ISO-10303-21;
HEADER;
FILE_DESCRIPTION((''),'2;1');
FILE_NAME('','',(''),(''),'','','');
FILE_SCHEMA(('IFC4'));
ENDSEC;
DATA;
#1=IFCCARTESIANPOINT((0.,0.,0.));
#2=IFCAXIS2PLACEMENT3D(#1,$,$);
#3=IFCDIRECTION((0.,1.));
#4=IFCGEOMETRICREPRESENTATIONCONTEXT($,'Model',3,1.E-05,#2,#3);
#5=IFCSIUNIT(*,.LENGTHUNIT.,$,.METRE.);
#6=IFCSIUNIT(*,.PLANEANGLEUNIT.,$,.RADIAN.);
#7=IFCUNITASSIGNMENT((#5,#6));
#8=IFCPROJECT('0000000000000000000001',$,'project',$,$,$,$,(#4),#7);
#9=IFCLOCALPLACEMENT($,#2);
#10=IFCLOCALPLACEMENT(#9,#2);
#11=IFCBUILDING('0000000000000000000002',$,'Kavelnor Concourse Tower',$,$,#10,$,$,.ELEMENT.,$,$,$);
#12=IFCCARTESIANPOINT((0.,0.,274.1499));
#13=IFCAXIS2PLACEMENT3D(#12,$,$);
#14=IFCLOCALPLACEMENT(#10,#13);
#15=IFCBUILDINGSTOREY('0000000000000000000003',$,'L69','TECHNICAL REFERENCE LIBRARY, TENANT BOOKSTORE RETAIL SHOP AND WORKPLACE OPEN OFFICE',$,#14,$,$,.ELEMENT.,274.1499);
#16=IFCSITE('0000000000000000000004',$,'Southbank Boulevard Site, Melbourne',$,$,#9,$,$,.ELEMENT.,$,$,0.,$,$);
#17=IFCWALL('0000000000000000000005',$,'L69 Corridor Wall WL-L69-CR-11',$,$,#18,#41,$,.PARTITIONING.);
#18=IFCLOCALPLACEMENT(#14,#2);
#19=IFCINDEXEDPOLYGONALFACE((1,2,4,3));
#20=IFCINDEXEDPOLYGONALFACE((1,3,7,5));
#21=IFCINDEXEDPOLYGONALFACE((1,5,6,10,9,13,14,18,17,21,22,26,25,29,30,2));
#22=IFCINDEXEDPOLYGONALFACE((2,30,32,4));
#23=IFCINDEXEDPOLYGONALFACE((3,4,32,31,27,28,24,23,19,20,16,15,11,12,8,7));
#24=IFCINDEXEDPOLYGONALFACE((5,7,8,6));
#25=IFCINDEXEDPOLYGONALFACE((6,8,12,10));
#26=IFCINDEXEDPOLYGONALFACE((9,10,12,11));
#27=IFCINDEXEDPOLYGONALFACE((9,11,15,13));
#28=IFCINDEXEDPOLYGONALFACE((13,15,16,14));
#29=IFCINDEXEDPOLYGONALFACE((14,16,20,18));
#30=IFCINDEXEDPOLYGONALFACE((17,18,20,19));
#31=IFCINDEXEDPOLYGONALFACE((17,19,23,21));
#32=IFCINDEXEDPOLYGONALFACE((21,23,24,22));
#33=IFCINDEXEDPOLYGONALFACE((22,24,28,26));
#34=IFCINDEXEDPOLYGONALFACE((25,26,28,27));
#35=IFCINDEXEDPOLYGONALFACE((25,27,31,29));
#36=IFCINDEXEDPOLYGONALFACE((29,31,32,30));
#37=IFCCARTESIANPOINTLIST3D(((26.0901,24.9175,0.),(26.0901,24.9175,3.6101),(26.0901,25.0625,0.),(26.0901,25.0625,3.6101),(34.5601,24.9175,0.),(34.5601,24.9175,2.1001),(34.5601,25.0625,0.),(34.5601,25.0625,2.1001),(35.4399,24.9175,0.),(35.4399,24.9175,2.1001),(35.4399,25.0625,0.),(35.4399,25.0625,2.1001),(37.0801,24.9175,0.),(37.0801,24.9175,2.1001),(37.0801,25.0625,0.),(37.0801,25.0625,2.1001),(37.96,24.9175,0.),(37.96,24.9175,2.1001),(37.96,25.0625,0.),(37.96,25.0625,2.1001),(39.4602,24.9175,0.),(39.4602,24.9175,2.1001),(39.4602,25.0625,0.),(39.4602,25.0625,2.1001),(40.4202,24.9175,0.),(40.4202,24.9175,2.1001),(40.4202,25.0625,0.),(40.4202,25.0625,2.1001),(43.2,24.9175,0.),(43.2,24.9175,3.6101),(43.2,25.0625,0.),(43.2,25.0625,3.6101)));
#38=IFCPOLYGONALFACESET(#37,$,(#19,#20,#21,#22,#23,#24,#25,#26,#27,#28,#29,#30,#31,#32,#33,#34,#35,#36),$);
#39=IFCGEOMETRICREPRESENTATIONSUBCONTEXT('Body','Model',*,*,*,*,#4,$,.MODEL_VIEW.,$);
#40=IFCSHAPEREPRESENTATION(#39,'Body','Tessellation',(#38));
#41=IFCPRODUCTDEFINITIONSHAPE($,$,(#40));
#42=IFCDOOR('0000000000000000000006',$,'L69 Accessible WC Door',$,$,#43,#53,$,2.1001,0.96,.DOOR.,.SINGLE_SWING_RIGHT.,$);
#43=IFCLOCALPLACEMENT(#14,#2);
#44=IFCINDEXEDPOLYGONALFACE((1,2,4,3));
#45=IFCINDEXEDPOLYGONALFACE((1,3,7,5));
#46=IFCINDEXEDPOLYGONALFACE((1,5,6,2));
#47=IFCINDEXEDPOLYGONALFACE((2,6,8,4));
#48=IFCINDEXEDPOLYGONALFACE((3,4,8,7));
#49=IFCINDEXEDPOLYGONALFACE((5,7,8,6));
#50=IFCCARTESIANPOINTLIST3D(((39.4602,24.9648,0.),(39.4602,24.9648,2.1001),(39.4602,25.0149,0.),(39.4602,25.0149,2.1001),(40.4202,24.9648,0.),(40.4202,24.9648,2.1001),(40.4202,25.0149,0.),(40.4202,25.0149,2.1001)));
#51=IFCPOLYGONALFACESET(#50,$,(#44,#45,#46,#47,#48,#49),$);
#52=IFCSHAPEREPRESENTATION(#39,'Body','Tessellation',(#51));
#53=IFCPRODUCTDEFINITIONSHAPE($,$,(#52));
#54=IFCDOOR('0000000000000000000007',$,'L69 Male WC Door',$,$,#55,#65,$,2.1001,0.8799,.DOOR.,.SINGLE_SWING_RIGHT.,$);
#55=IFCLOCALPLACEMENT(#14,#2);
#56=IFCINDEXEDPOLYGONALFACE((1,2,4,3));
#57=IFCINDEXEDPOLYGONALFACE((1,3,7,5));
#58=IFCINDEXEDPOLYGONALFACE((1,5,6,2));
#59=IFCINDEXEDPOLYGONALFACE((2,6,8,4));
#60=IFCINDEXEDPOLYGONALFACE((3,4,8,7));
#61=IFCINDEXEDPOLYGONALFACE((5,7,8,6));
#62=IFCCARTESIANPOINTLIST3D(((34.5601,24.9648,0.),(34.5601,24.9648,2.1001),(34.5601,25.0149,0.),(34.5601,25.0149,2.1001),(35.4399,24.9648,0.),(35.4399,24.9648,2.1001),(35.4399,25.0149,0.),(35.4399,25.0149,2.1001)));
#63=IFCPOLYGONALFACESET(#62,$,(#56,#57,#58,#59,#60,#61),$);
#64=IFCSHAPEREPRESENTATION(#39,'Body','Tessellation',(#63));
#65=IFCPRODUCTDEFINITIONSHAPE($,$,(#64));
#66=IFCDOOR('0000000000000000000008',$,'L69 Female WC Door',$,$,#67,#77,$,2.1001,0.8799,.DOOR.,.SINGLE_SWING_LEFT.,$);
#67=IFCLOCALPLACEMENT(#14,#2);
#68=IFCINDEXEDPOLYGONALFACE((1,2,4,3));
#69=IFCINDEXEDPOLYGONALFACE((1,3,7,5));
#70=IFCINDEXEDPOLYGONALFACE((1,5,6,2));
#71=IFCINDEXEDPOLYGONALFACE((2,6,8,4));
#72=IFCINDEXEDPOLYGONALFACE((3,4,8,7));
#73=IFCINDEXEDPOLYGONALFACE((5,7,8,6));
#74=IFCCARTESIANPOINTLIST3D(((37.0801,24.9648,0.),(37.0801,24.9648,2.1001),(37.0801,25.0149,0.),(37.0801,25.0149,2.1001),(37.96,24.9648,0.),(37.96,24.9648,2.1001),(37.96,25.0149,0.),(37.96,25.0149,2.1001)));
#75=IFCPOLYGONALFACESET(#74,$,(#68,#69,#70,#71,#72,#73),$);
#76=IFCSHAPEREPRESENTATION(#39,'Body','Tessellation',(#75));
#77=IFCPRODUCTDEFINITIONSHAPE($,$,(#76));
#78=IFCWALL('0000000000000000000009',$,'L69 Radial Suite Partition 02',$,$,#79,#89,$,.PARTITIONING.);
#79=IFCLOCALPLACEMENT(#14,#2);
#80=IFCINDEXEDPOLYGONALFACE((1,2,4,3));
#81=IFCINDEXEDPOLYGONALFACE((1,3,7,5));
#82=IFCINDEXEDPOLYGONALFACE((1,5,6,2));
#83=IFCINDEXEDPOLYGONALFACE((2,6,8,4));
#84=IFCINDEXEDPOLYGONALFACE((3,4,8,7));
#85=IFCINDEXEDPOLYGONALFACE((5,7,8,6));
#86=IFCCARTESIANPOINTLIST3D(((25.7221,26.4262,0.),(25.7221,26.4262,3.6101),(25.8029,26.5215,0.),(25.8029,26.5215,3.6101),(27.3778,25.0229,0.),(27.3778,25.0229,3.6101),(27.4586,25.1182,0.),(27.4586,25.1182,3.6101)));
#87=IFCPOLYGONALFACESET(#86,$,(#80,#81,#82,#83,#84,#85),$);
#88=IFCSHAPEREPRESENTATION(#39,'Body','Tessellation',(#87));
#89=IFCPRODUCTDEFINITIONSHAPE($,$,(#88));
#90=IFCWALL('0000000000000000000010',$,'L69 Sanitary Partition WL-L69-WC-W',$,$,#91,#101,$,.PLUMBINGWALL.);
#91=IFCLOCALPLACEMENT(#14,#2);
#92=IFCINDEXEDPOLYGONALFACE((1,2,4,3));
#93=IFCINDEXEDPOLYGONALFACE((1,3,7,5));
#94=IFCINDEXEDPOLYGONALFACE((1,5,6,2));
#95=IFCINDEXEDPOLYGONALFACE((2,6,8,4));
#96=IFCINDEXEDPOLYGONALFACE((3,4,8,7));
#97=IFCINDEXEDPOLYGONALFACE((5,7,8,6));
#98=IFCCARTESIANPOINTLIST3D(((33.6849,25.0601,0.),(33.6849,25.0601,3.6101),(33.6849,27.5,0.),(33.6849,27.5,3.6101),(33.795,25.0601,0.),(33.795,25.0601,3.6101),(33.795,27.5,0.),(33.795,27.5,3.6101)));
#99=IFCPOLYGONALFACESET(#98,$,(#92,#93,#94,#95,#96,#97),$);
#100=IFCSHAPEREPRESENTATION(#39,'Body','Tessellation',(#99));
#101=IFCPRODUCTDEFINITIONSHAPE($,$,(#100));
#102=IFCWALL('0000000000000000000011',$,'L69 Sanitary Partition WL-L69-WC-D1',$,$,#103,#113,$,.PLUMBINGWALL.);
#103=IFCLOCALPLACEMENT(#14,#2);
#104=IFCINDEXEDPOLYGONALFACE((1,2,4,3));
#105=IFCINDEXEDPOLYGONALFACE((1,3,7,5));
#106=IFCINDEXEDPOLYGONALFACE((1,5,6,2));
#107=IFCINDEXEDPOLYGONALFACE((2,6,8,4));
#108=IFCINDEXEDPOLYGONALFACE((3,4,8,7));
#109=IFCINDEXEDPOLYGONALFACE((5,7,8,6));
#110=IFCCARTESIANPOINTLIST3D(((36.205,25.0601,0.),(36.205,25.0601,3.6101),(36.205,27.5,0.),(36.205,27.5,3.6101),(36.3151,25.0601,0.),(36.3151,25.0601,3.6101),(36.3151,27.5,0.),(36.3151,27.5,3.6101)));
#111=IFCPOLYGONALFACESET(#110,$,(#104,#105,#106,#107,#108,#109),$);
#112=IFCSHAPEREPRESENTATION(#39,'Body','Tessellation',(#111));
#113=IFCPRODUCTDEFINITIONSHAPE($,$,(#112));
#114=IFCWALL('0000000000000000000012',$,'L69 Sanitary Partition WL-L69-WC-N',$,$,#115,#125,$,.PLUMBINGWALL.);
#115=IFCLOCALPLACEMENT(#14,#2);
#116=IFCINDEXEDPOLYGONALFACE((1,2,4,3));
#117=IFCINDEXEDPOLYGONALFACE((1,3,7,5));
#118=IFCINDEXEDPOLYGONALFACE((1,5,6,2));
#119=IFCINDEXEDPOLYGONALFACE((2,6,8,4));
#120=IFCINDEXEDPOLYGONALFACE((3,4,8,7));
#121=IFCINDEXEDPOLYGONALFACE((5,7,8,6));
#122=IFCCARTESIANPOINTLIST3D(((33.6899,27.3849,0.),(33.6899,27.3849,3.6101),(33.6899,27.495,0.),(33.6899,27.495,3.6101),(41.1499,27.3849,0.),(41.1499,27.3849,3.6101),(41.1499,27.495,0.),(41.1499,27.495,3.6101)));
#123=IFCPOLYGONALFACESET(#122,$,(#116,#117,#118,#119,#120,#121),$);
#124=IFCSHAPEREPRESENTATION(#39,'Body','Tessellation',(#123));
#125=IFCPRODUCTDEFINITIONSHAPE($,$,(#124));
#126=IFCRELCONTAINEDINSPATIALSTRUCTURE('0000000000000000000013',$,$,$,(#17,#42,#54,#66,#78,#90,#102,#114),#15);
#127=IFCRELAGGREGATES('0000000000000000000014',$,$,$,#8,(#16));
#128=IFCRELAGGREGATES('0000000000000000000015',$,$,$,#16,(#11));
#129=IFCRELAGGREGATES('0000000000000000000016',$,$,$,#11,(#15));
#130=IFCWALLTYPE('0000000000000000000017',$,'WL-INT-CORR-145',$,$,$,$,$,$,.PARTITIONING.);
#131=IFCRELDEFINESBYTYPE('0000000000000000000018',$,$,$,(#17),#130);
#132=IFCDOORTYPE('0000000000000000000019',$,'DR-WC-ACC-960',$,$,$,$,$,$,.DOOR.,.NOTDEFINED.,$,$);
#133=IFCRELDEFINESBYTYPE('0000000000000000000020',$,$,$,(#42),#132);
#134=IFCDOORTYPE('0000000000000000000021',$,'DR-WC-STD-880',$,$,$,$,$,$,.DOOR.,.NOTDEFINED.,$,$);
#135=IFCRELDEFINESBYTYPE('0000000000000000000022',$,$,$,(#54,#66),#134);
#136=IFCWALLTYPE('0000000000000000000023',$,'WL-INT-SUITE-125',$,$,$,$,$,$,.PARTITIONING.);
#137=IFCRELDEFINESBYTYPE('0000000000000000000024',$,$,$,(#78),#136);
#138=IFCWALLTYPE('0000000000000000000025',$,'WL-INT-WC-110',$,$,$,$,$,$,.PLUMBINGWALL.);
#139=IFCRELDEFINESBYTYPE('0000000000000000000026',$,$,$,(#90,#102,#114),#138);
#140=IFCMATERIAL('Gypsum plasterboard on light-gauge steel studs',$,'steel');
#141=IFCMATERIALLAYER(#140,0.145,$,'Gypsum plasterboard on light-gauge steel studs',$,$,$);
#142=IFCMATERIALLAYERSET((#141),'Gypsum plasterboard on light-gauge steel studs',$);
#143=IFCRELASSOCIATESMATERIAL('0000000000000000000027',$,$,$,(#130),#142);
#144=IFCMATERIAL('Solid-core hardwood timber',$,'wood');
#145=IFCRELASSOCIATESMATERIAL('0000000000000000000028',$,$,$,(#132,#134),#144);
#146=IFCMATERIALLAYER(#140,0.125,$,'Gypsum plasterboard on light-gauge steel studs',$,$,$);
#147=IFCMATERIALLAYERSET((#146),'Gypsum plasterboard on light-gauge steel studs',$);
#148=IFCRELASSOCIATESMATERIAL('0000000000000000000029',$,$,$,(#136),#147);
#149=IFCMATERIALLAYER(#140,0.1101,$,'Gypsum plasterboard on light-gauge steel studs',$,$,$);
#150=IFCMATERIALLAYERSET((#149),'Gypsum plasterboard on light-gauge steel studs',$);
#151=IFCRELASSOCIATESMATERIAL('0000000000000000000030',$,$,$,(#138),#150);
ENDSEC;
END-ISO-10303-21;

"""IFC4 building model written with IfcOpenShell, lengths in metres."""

from ifc_helpers import new_model, si_unit, direction, frame, frame_2d, origin, place, context, subcontext, project, spatial, rectangle, extrude, material, layer, layer_set, type_object, element, fill, save


model = new_model("IFC4")

# Units and contexts
model_context = context("Model", 3, precision=1e-05, world=origin(), true_north=direction((0.0, 1.0)))
body_context = subcontext(model_context, "Body", "Model", "MODEL_VIEW")
ifc_project = project(units=[si_unit("LENGTHUNIT", "METRE"), si_unit("PLANEANGLEUNIT", "RADIAN")], contexts=[model_context])

# Site, building, storey
site_placement = place(None, origin())
site = spatial("IfcSite", under=ifc_project, at=site_placement, Name="Southbank Boulevard Site, Melbourne", CompositionType="ELEMENT", RefElevation=0.0)
building_placement = place(site_placement, origin())
building = spatial("IfcBuilding", under=site, at=building_placement, Name="Kavelnor Concourse Tower", CompositionType="ELEMENT")
storey_placement = place(building_placement, frame((0.0, 0.0, 274.1499)))
storey = spatial("IfcBuildingStorey", under=building, at=storey_placement, Name="L69", Description="TECHNICAL REFERENCE LIBRARY, TENANT BOOKSTORE RETAIL SHOP AND WORKPLACE OPEN OFFICE", CompositionType="ELEMENT", Elevation=274.1499)

# Wall, openings, doors
ifc_material_1 = material(Name="Gypsum plasterboard on light-gauge steel studs", Category="steel")
ifc_layer_1 = layer(ifc_material_1, 0.145, Name="Gypsum plasterboard on light-gauge steel studs")
ifc_layer_set_1 = layer_set([ifc_layer_1], Name="Gypsum plasterboard on light-gauge steel studs")
wall_type_1 = type_object("IfcWallType", Name="WL-INT-CORR-145", PredefinedType="PARTITIONING", material=ifc_layer_set_1)
wall_1_placement = place(storey_placement, frame((26.0901, 24.99, 0.0), z_axis=(0.0, 0.0, 1.0), x_axis=(1.0, 0.0, 0.0)))
wall_1 = element("IfcWall", 1, at=wall_1_placement, inside=storey, type_object=wall_type_1, Name="L69 Corridor Wall WL-L69-CR-11", PredefinedType="PARTITIONING", context=body_context, shape_type="SweptSolid", body=[
    extrude(rectangle(XDim=17.1099, YDim=0.145, at=frame_2d((8.5549, 0.0))), origin(), (0.0, 0.0, 1.0), 3.6101),
])
opening_1_placement = place(wall_1_placement, frame((8.47, 0.0, 0.0)))
opening_1 = element("IfcOpeningElement", 2, at=opening_1_placement, cuts=wall_1, PredefinedType="OPENING", context=body_context, shape_type="SweptSolid", body=[
    extrude(rectangle(XDim=0.8799, YDim=2.1001, at=frame_2d((0.4399, 1.05))), frame((0.0, 0.0825, 0.0), z_axis=(0.0, -1.0, 0.0), x_axis=(1.0, 0.0, 0.0)), (0.0, 0.0, 1.0), 0.165),
])
opening_2_placement = place(wall_1_placement, frame((10.99, 0.0, 0.0)))
opening_2 = element("IfcOpeningElement", 3, at=opening_2_placement, cuts=wall_1, PredefinedType="OPENING", context=body_context, shape_type="SweptSolid", body=[
    extrude(rectangle(XDim=0.8799, YDim=2.1001, at=frame_2d((0.4399, 1.05))), frame((0.0, 0.0825, 0.0), z_axis=(0.0, -1.0, 0.0), x_axis=(1.0, 0.0, 0.0)), (0.0, 0.0, 1.0), 0.165),
])
opening_3_placement = place(wall_1_placement, frame((13.3701, 0.0, 0.0)))
opening_3 = element("IfcOpeningElement", 4, at=opening_3_placement, cuts=wall_1, PredefinedType="OPENING", context=body_context, shape_type="SweptSolid", body=[
    extrude(rectangle(XDim=0.96, YDim=2.1001, at=frame_2d((0.48, 1.05))), frame((0.0, 0.0825, 0.0), z_axis=(0.0, -1.0, 0.0), x_axis=(1.0, 0.0, 0.0)), (0.0, 0.0, 1.0), 0.165),
])
ifc_material_2 = material(Name="Solid-core hardwood timber", Category="wood")
door_type_1 = type_object("IfcDoorType", Name="DR-WC-ACC-960", OperationType="NOTDEFINED", PredefinedType="DOOR", material=ifc_material_2)
door_1_placement = place(opening_3_placement, origin())
door_1 = element("IfcDoor", 5, at=door_1_placement, inside=storey, type_object=door_type_1, Name="L69 Accessible WC Door", OperationType="SINGLE_SWING_RIGHT", OverallHeight=2.1001, OverallWidth=0.96, PredefinedType="DOOR", context=body_context, shape_type="SweptSolid", body=[
    extrude(rectangle(XDim=0.96, YDim=2.1001, at=frame_2d((0.48, 1.05))), frame((0.0, 0.0249, 0.0), z_axis=(0.0, -1.0, 0.0), x_axis=(1.0, 0.0, 0.0)), (0.0, 0.0, 1.0), 0.05),
])
fill(opening_3, door_1)
door_type_2 = type_object("IfcDoorType", Name="DR-WC-STD-880", OperationType="NOTDEFINED", PredefinedType="DOOR", material=ifc_material_2)
door_2_placement = place(opening_1_placement, origin())
door_2 = element("IfcDoor", 6, at=door_2_placement, inside=storey, type_object=door_type_2, Name="L69 Male WC Door", OperationType="SINGLE_SWING_RIGHT", OverallHeight=2.1001, OverallWidth=0.8799, PredefinedType="DOOR", context=body_context, shape_type="SweptSolid", body=[
    extrude(rectangle(XDim=0.8799, YDim=2.1001, at=frame_2d((0.4399, 1.05))), frame((0.0, 0.0249, 0.0), z_axis=(0.0, -1.0, 0.0), x_axis=(1.0, 0.0, 0.0)), (0.0, 0.0, 1.0), 0.05),
])
fill(opening_1, door_2)
door_3_placement = place(opening_2_placement, origin())
door_3 = element("IfcDoor", 7, at=door_3_placement, inside=storey, type_object=door_type_2, Name="L69 Female WC Door", OperationType="SINGLE_SWING_LEFT", OverallHeight=2.1001, OverallWidth=0.8799, PredefinedType="DOOR", context=body_context, shape_type="SweptSolid", body=[
    extrude(rectangle(XDim=0.8799, YDim=2.1001, at=frame_2d((0.4399, 1.05))), frame((0.0, 0.0249, 0.0), z_axis=(0.0, -1.0, 0.0), x_axis=(1.0, 0.0, 0.0)), (0.0, 0.0, 1.0), 0.05),
])
fill(opening_2, door_3)

# Walls
ifc_layer_2 = layer(ifc_material_1, 0.125, Name="Gypsum plasterboard on light-gauge steel studs")
ifc_layer_set_2 = layer_set([ifc_layer_2], Name="Gypsum plasterboard on light-gauge steel studs")
wall_type_2 = type_object("IfcWallType", Name="WL-INT-SUITE-125", PredefinedType="PARTITIONING", material=ifc_layer_set_2)
wall_2_placement = place(storey_placement, frame((27.4182, 25.0706, 0.0), z_axis=(0.0, 0.0, 1.0), x_axis=(-0.762866, 0.646557, 0.0)))
element("IfcWall", 8, at=wall_2_placement, inside=storey, type_object=wall_type_2, Name="L69 Radial Suite Partition 02", PredefinedType="PARTITIONING", context=body_context, shape_type="SweptSolid", body=[
    extrude(rectangle(XDim=2.1704, YDim=0.125, at=frame_2d((1.0852, 0.0))), origin(), (0.0, 0.0, 1.0), 3.6101),
])
ifc_layer_3 = layer(ifc_material_1, 0.1101, Name="Gypsum plasterboard on light-gauge steel studs")
ifc_layer_set_3 = layer_set([ifc_layer_3], Name="Gypsum plasterboard on light-gauge steel studs")
wall_type_3 = type_object("IfcWallType", Name="WL-INT-WC-110", PredefinedType="PLUMBINGWALL", material=ifc_layer_set_3)
for number, where, z_axis, x_axis, name in (
    (9, (33.74, 25.0601, 0.0), (0.0, 0.0, 1.0), (0.0, 1.0, 0.0), "L69 Sanitary Partition WL-L69-WC-W"),
    (10, (36.26, 25.0601, 0.0), (0.0, 0.0, 1.0), (0.0, 1.0, 0.0), "L69 Sanitary Partition WL-L69-WC-D1"),
):
    element("IfcWall", number, at=place(storey_placement, frame(where, z_axis=z_axis, x_axis=x_axis)), inside=storey, type_object=wall_type_3, Name=name, PredefinedType="PLUMBINGWALL", context=body_context, shape_type="SweptSolid", body=[
        extrude(rectangle(XDim=2.4399, YDim=0.1101, at=frame_2d((1.22, 0.0))), origin(), (0.0, 0.0, 1.0), 3.6101),
    ])
wall_3_placement = place(storey_placement, frame((33.6899, 27.4399, 0.0), z_axis=(0.0, 0.0, 1.0), x_axis=(1.0, 0.0, 0.0)))
element("IfcWall", 11, at=wall_3_placement, inside=storey, type_object=wall_type_3, Name="L69 Sanitary Partition WL-L69-WC-N", PredefinedType="PLUMBINGWALL", context=body_context, shape_type="SweptSolid", body=[
    extrude(rectangle(XDim=7.46, YDim=0.1101, at=frame_2d((3.73, 0.0))), origin(), (0.0, 0.0, 1.0), 3.6101),
])

save(model, "model.ifc")
